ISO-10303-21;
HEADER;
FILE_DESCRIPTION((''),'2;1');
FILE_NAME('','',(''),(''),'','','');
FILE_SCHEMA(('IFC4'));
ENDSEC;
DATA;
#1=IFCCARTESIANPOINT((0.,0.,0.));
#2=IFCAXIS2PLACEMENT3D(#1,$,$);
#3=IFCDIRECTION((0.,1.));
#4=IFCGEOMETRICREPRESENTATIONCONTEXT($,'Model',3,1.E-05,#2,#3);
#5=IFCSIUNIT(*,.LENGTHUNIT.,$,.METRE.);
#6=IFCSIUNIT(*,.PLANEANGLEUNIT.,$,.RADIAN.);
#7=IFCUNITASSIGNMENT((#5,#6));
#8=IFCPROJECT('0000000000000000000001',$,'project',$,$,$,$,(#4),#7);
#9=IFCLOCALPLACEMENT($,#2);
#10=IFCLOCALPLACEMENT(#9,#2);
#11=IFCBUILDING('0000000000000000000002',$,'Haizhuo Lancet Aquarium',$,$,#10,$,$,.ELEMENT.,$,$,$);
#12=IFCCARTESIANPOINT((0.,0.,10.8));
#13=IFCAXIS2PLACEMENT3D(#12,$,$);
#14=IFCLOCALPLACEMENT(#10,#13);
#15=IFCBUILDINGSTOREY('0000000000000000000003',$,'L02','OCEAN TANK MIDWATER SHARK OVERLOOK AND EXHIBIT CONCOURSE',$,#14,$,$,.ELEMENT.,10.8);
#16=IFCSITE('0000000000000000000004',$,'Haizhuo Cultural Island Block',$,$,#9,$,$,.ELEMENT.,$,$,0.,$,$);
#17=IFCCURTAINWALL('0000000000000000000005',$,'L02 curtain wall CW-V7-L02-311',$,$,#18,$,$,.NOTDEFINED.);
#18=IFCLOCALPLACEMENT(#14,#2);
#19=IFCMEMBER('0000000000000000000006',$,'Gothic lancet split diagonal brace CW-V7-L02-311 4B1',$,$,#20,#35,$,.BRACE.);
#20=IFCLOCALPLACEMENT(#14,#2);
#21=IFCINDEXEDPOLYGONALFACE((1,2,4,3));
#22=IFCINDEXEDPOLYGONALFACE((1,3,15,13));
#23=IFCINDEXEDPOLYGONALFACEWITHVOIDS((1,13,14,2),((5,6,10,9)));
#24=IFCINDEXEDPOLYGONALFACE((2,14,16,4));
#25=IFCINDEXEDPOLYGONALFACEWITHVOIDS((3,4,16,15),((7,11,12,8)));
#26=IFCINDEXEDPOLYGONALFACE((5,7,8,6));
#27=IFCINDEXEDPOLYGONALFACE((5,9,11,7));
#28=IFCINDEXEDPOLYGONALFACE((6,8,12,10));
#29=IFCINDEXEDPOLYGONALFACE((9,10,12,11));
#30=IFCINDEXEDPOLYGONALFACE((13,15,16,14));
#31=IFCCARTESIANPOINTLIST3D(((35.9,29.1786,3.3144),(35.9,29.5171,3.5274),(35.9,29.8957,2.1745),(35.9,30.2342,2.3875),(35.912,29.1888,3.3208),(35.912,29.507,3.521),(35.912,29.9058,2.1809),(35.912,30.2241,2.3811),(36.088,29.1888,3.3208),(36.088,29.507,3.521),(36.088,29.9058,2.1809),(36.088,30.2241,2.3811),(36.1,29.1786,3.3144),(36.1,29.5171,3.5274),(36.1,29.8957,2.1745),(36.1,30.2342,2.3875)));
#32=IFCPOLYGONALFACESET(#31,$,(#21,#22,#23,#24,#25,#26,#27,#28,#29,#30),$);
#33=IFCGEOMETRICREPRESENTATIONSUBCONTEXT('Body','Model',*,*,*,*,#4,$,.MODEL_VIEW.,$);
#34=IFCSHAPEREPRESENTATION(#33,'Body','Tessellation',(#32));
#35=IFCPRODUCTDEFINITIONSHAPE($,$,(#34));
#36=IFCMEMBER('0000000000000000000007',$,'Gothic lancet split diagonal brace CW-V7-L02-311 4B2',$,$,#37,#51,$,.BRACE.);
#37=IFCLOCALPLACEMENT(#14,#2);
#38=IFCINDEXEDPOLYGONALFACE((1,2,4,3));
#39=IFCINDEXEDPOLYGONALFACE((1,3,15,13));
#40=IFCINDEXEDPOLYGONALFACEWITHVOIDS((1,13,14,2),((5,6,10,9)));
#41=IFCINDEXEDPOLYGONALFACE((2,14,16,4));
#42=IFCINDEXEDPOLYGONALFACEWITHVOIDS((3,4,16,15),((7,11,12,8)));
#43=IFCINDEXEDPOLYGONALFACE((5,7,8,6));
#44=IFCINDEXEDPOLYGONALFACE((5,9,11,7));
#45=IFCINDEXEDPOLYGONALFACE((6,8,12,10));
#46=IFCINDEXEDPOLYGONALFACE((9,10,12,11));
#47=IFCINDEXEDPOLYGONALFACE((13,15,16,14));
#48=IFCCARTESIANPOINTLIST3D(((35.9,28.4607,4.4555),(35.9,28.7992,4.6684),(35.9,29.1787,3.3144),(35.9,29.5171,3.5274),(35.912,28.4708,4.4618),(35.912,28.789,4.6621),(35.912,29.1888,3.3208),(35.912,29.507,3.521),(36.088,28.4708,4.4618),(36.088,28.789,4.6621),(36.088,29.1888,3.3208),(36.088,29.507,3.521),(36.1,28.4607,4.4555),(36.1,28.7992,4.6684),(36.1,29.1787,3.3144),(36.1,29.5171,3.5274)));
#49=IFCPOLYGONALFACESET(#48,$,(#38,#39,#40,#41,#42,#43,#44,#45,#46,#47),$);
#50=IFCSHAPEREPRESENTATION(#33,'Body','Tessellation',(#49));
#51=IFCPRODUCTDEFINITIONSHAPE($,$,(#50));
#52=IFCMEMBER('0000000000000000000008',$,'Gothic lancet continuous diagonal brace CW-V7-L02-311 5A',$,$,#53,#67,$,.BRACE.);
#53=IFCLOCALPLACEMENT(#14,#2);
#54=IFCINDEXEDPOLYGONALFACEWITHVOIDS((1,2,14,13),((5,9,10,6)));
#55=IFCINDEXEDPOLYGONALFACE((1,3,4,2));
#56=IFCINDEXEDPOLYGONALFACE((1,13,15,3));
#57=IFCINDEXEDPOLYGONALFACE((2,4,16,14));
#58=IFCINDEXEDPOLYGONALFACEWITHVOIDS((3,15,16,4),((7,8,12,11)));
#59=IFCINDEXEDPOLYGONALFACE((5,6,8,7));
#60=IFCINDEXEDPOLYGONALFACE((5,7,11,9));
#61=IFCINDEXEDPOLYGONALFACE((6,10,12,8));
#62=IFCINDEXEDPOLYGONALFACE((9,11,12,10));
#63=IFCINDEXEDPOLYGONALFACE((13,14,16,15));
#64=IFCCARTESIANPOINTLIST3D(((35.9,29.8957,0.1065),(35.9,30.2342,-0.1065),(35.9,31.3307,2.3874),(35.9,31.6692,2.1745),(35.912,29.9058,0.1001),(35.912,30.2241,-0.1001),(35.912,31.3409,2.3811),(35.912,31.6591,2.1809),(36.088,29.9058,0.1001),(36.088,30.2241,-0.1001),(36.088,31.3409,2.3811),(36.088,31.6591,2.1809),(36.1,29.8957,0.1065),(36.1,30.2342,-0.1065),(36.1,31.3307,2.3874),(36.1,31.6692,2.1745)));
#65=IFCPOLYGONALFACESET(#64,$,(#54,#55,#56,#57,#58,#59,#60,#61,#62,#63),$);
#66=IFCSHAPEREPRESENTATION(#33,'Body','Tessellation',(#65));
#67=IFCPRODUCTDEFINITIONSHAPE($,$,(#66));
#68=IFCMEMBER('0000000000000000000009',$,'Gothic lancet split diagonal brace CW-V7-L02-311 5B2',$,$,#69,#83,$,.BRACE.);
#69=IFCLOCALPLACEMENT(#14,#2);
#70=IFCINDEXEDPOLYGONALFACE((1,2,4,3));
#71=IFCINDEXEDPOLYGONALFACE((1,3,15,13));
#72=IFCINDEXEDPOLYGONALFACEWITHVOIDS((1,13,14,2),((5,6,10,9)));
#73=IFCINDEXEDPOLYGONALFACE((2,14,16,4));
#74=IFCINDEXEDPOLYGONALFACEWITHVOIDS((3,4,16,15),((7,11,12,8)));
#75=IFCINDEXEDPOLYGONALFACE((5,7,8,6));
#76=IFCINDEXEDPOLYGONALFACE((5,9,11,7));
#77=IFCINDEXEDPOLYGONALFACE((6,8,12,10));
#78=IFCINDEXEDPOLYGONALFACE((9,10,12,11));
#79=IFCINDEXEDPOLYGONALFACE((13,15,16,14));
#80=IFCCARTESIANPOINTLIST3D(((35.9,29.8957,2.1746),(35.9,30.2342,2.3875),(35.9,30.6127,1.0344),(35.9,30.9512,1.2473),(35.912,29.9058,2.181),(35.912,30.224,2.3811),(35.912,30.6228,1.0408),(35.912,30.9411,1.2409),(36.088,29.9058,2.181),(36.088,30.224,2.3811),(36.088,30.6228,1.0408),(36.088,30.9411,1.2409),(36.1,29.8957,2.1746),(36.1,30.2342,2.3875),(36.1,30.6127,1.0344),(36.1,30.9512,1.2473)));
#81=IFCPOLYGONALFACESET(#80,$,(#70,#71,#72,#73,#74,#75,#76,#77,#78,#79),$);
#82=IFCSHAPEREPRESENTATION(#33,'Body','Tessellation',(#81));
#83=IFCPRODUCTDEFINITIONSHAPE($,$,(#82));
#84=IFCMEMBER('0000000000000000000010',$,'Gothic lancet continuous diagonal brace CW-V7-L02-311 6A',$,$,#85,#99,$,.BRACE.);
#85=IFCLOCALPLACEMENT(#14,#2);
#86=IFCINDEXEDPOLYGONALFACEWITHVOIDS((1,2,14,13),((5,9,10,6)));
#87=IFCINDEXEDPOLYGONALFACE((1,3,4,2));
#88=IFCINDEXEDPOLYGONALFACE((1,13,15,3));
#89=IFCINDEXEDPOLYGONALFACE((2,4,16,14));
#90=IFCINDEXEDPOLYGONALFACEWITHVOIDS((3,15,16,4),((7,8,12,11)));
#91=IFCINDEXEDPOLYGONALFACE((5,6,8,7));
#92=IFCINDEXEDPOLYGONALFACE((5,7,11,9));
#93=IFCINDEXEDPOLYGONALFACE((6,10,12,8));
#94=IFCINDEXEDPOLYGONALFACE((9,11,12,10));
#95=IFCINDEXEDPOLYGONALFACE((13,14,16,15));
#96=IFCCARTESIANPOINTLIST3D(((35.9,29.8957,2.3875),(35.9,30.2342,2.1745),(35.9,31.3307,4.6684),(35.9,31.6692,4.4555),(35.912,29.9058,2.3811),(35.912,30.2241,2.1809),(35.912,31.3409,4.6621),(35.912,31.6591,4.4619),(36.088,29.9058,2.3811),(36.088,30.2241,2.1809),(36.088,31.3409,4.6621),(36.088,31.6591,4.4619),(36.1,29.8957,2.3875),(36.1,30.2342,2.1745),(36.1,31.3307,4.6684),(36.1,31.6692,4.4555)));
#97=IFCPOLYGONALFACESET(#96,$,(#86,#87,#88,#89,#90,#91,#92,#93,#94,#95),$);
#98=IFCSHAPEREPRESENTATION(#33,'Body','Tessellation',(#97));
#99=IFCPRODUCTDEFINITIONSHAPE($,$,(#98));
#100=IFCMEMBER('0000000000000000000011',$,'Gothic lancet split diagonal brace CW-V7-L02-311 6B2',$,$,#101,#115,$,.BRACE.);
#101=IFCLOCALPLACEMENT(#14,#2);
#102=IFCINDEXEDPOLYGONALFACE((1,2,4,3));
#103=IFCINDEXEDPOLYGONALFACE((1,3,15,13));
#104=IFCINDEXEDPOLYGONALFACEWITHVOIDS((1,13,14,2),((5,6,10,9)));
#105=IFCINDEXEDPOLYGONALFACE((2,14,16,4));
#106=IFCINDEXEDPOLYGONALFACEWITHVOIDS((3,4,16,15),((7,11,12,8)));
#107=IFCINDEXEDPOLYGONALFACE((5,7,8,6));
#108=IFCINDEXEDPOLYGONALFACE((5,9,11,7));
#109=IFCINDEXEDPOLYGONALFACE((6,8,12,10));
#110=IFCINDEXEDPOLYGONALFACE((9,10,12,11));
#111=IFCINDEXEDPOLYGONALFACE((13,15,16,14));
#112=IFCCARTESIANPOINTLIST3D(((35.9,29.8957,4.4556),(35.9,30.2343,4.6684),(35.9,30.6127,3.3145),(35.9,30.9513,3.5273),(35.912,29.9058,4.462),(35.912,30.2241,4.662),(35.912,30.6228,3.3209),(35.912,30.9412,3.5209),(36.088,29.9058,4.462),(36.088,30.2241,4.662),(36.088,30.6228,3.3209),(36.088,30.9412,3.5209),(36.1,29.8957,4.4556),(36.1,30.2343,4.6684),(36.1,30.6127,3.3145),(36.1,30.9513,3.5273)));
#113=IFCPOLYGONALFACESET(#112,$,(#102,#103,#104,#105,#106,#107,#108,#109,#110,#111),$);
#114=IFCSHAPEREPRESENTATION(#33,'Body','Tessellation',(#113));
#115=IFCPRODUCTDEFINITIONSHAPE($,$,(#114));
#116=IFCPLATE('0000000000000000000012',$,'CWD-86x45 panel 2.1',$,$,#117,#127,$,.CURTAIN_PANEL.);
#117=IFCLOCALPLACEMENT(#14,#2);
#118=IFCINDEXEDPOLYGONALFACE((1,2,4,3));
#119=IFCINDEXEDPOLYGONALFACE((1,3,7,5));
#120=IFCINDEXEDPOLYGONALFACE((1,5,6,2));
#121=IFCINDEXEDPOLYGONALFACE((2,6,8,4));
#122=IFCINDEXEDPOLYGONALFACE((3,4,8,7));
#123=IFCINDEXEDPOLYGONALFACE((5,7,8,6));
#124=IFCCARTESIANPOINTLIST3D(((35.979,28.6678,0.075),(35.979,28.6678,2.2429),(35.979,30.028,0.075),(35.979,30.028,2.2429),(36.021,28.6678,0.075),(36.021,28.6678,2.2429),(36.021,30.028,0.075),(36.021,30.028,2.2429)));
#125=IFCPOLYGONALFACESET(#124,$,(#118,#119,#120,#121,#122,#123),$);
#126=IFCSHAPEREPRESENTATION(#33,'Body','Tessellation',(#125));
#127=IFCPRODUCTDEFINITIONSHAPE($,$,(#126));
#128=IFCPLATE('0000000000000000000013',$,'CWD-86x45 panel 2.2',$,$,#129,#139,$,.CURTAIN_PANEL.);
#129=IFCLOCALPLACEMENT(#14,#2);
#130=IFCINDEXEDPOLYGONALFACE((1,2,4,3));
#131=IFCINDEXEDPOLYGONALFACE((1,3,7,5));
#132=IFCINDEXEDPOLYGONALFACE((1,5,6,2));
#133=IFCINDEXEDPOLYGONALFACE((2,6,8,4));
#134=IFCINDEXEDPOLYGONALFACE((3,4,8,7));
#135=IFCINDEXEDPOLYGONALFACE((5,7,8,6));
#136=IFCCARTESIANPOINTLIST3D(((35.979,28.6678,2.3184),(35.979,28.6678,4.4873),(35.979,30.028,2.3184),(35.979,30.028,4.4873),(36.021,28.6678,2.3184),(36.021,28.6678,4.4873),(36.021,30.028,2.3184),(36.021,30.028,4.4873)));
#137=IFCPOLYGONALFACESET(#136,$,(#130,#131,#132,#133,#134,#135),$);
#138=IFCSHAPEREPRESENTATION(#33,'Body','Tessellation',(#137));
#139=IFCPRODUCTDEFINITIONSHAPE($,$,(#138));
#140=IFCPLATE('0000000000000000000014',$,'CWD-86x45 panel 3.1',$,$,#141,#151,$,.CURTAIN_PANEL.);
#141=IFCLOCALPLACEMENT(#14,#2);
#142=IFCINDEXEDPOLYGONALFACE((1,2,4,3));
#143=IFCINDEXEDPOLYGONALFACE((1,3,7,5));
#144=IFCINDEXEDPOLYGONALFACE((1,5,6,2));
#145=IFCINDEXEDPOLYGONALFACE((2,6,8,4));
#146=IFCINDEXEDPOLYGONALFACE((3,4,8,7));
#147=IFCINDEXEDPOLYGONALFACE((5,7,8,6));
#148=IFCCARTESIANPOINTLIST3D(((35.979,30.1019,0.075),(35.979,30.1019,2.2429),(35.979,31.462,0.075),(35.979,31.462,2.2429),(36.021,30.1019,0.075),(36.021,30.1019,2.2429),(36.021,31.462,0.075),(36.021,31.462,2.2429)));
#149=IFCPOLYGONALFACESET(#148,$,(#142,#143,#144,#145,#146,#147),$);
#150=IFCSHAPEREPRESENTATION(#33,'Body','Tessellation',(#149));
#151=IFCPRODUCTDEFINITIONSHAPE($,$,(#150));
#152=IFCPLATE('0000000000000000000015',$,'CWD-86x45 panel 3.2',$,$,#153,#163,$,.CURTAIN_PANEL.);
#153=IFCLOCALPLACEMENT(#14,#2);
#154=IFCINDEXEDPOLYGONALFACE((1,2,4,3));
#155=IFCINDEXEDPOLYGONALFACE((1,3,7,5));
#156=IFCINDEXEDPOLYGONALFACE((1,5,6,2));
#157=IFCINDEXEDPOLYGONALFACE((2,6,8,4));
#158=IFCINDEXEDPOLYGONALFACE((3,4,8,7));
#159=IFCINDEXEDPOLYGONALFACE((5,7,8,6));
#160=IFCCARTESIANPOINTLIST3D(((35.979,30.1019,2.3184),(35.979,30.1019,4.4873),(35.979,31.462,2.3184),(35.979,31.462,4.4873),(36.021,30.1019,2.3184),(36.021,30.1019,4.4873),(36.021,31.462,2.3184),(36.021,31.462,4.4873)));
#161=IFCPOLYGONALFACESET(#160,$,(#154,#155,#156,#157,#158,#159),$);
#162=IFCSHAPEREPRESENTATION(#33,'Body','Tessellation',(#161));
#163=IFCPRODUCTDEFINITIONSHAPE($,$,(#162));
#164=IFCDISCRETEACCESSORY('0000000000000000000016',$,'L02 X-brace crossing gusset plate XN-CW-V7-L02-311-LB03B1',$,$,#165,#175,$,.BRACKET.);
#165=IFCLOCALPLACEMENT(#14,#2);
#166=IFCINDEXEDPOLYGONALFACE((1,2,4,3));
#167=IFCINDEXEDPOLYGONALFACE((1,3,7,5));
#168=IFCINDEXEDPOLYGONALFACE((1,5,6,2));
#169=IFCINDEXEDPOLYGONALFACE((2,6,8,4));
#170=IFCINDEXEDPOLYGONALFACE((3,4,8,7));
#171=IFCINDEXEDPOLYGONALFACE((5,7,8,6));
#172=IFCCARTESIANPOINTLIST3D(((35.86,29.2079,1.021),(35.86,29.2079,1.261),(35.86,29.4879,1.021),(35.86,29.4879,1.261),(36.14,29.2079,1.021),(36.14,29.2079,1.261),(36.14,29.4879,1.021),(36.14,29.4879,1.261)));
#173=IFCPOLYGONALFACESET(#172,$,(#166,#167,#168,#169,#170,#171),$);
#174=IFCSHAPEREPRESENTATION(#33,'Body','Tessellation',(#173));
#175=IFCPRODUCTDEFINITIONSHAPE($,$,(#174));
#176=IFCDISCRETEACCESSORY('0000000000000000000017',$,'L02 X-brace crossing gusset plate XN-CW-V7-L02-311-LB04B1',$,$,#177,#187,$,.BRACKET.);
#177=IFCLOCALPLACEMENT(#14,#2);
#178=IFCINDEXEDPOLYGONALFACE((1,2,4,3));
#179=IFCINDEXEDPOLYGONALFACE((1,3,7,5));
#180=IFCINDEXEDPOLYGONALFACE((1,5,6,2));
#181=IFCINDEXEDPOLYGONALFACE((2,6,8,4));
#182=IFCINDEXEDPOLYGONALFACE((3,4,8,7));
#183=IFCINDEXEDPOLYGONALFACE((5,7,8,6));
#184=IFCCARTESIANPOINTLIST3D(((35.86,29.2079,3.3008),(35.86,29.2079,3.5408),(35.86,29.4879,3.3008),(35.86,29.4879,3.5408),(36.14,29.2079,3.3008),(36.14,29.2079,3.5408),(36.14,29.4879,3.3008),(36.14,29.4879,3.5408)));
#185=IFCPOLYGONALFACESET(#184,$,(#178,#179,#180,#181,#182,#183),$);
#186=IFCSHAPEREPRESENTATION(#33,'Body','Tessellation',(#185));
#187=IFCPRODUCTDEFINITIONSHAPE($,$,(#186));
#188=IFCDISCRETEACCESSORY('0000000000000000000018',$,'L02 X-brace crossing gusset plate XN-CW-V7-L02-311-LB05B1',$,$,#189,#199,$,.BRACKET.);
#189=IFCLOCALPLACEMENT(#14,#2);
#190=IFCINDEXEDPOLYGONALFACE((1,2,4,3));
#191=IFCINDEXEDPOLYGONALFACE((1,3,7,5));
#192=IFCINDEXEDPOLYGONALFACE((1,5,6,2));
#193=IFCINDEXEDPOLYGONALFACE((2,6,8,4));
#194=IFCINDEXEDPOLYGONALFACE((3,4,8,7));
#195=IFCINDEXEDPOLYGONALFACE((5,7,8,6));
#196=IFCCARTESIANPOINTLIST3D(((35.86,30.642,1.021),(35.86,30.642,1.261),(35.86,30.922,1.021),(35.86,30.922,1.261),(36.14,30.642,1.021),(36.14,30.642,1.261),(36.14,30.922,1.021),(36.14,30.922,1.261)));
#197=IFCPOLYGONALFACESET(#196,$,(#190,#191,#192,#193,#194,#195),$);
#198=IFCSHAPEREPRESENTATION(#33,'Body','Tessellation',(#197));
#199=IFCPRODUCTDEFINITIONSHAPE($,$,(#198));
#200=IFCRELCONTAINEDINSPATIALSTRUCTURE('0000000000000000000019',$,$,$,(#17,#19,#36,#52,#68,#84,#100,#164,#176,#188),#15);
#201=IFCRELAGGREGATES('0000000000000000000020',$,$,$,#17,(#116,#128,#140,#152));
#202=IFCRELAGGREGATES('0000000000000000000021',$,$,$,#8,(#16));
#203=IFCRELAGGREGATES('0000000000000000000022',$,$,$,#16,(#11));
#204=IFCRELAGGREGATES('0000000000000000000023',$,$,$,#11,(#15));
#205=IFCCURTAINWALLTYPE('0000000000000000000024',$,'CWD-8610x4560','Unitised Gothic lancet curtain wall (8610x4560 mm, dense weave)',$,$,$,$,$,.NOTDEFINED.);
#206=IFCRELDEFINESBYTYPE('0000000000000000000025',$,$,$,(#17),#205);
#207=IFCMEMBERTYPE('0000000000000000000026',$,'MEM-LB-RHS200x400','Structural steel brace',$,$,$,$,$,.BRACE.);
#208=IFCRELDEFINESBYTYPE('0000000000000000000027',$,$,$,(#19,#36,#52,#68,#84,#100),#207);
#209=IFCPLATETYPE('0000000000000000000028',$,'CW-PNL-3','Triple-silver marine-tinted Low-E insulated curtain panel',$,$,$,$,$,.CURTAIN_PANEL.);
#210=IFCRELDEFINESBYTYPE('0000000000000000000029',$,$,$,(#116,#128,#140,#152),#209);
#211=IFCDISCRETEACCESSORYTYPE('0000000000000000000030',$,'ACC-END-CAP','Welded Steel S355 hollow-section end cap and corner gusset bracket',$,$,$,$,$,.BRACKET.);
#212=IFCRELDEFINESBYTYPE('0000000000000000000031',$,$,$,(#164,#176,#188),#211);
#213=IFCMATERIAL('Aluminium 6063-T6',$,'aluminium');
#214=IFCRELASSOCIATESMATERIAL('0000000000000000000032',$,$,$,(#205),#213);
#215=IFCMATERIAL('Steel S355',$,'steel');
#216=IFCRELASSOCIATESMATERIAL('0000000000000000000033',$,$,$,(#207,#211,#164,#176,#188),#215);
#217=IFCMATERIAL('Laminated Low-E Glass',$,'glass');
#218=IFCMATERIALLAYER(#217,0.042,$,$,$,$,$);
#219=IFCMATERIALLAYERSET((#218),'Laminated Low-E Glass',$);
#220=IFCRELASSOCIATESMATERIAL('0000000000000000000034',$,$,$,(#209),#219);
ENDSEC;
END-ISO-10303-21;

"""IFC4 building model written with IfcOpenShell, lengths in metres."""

from ifc_helpers import new_model, si_unit, direction, frame, origin, origin_2d, place, context, subcontext, project, spatial, rectangle, hollow_rectangle, extrude, material, layer, layer_set, material_profile, profile_set, type_object, element, aggregate, save


model = new_model("IFC4")

# Units and contexts
model_context = context("Model", 3, precision=1e-05, world=origin(), true_north=direction((0.0, 1.0)))
body_context = subcontext(model_context, "Body", "Model", "MODEL_VIEW")
ifc_project = project(units=[si_unit("LENGTHUNIT", "METRE"), si_unit("PLANEANGLEUNIT", "RADIAN")], contexts=[model_context])

# Site, building, storey
site_placement = place(None, origin())
site = spatial("IfcSite", under=ifc_project, at=site_placement, Name="Haizhuo Cultural Island Block", CompositionType="ELEMENT", RefElevation=0.0)
building_placement = place(site_placement, origin())
building = spatial("IfcBuilding", under=site, at=building_placement, Name="Haizhuo Lancet Aquarium", CompositionType="ELEMENT")
storey_placement = place(building_placement, frame((0.0, 0.0, 10.8)))
storey = spatial("IfcBuildingStorey", under=building, at=storey_placement, Name="L02", Description="OCEAN TANK MIDWATER SHARK OVERLOOK AND EXHIBIT CONCOURSE", CompositionType="ELEMENT", Elevation=10.8)

# Curtain wall
ifc_material_1 = material(Name="Aluminium 6063-T6", Category="aluminium")
curtain_wall_type = type_object("IfcCurtainWallType", Name="CWD-8610x4560", Description="Unitised Gothic lancet curtain wall (8610x4560 mm, dense weave)", PredefinedType="NOTDEFINED", material=ifc_material_1)
curtain_wall_placement = place(storey_placement, origin())
curtain_wall = element("IfcCurtainWall", 1, at=curtain_wall_placement, inside=storey, type_object=curtain_wall_type, Name="L02 curtain wall CW-V7-L02-311", PredefinedType="NOTDEFINED")

# Members
ifc_material_2 = material(Name="Steel S355", Category="steel")
ifc_material_profile_1 = material_profile(ifc_material_2, hollow_rectangle(XDim=0.2, YDim=0.3999, WallThickness=0.012, at=origin_2d()), Name="RHS 200x400x12")
ifc_profile_set_1 = profile_set([ifc_material_profile_1], Name="Steel S355")
member_type_1 = type_object("IfcMemberType", Name="MEM-LB-RHS200x400", Description="Structural steel brace", PredefinedType="BRACE", material=ifc_profile_set_1)
member_1_placement = place(storey_placement, frame((36.0, 30.0649, 2.281), z_axis=(0.0, -0.532457, 0.846457), x_axis=(1.0, 0.0, 0.0)))
element("IfcMember", 2, at=member_1_placement, inside=storey, type_object=member_type_1, Name="Gothic lancet split diagonal brace CW-V7-L02-311 4B1", PredefinedType="BRACE", context=body_context, shape_type="SweptSolid", body=[
    extrude(hollow_rectangle(XDim=0.2, YDim=0.3999, WallThickness=0.012, at=origin_2d()), origin(), (0.0, 0.0, 1.0), 1.3467),
])
member_2_placement = place(storey_placement, frame((36.0, 29.3479, 3.4209), z_axis=(0.0, -0.532568, 0.846387), x_axis=(1.0, 0.0, 0.0)))
element("IfcMember", 3, at=member_2_placement, inside=storey, type_object=member_type_1, Name="Gothic lancet split diagonal brace CW-V7-L02-311 4B2", PredefinedType="BRACE", context=body_context, shape_type="SweptSolid", body=[
    extrude(hollow_rectangle(XDim=0.2, YDim=0.3999, WallThickness=0.012, at=origin_2d()), origin(), (0.0, 0.0, 1.0), 1.3481),
])
member_3_placement = place(storey_placement, frame((36.0, 30.0649, 0.0), z_axis=(0.0, 0.532513, 0.846422), x_axis=(-1.0, 0.0, 0.0)))
element("IfcMember", 4, at=member_3_placement, inside=storey, type_object=member_type_1, Name="Gothic lancet continuous diagonal brace CW-V7-L02-311 5A", PredefinedType="BRACE", context=body_context, shape_type="SweptSolid", body=[
    extrude(hollow_rectangle(XDim=0.2, YDim=0.3999, WallThickness=0.012, at=origin_2d()), origin(), (0.0, 0.0, 1.0), 2.6948),
])
member_4_placement = place(storey_placement, frame((36.0, 30.782, 1.1409), z_axis=(0.0, -0.532376, 0.846508), x_axis=(1.0, 0.0, 0.0)))
element("IfcMember", 5, at=member_4_placement, inside=storey, type_object=member_type_1, Name="Gothic lancet split diagonal brace CW-V7-L02-311 5B2", PredefinedType="BRACE", context=body_context, shape_type="SweptSolid", body=[
    extrude(hollow_rectangle(XDim=0.2, YDim=0.3999, WallThickness=0.012, at=origin_2d()), origin(), (0.0, 0.0, 1.0), 1.3469),
])
member_5_placement = place(storey_placement, frame((36.0, 30.0649, 2.281), z_axis=(0.0, 0.532513, 0.846422), x_axis=(-1.0, 0.0, 0.0)))
element("IfcMember", 6, at=member_5_placement, inside=storey, type_object=member_type_1, Name="Gothic lancet continuous diagonal brace CW-V7-L02-311 6A", PredefinedType="BRACE", context=body_context, shape_type="SweptSolid", body=[
    extrude(hollow_rectangle(XDim=0.2, YDim=0.3999, WallThickness=0.012, at=origin_2d()), origin(), (0.0, 0.0, 1.0), 2.6948),
])
member_6_placement = place(storey_placement, frame((36.0, 30.782, 3.4209), z_axis=(0.0, -0.532049, 0.846713), x_axis=(1.0, 0.0, 0.0)))
element("IfcMember", 7, at=member_6_placement, inside=storey, type_object=member_type_1, Name="Gothic lancet split diagonal brace CW-V7-L02-311 6B2", PredefinedType="BRACE", context=body_context, shape_type="SweptSolid", body=[
    extrude(hollow_rectangle(XDim=0.2, YDim=0.3999, WallThickness=0.012, at=origin_2d()), origin(), (0.0, 0.0, 1.0), 1.3477),
])

# Plates
ifc_material_3 = material(Name="Laminated Low-E Glass", Category="glass")
ifc_layer = layer(ifc_material_3, 0.042)
ifc_layer_set = layer_set([ifc_layer], Name="Laminated Low-E Glass")
plate_type = type_object("IfcPlateType", Name="CW-PNL-3", Description="Triple-silver marine-tinted Low-E insulated curtain panel", PredefinedType="CURTAIN_PANEL", material=ifc_layer_set)
plate_1_placement = place(storey_placement, frame((36.0, 29.3479, 0.075), z_axis=(0.0, 0.0, 1.0), x_axis=(0.0, 1.0, 0.0)))
plate_1 = element("IfcPlate", 8, at=plate_1_placement, type_object=plate_type, Name="CWD-86x45 panel 2.1", PredefinedType="CURTAIN_PANEL", context=body_context, shape_type="SweptSolid", body=[
    extrude(rectangle(XDim=1.3601, YDim=0.042, at=origin_2d()), origin(), (0.0, 0.0, 1.0), 2.168),
])
plate_2_placement = place(storey_placement, frame((36.0, 29.3479, 2.3184), z_axis=(0.0, 0.0, 1.0), x_axis=(0.0, 1.0, 0.0)))
plate_2 = element("IfcPlate", 9, at=plate_2_placement, type_object=plate_type, Name="CWD-86x45 panel 2.2", PredefinedType="CURTAIN_PANEL", context=body_context, shape_type="SweptSolid", body=[
    extrude(rectangle(XDim=1.3601, YDim=0.042, at=origin_2d()), origin(), (0.0, 0.0, 1.0), 2.1689),
])
plate_3_placement = place(storey_placement, frame((36.0, 30.782, 0.075), z_axis=(0.0, 0.0, 1.0), x_axis=(0.0, 1.0, 0.0)))
plate_3 = element("IfcPlate", 10, at=plate_3_placement, type_object=plate_type, Name="CWD-86x45 panel 3.1", PredefinedType="CURTAIN_PANEL", context=body_context, shape_type="SweptSolid", body=[
    extrude(rectangle(XDim=1.3601, YDim=0.042, at=origin_2d()), origin(), (0.0, 0.0, 1.0), 2.168),
])
plate_4_placement = place(storey_placement, frame((36.0, 30.782, 2.3184), z_axis=(0.0, 0.0, 1.0), x_axis=(0.0, 1.0, 0.0)))
plate_4 = element("IfcPlate", 11, at=plate_4_placement, type_object=plate_type, Name="CWD-86x45 panel 3.2", PredefinedType="CURTAIN_PANEL", context=body_context, shape_type="SweptSolid", body=[
    extrude(rectangle(XDim=1.3601, YDim=0.042, at=origin_2d()), origin(), (0.0, 0.0, 1.0), 2.1689),
])
aggregate(curtain_wall, [plate_1, plate_2, plate_3, plate_4])

# Discrete accessories
discrete_accessory_type = type_object("IfcDiscreteAccessoryType", Name="ACC-END-CAP", Description="Welded Steel S355 hollow-section end cap and corner gusset bracket", PredefinedType="BRACKET", material=ifc_material_2)
for number, where, z_axis, x_axis, name in (
    (12, (36.0, 29.3479, 1.021), (0.0, 0.0, 1.0), (1.0, 0.0, 0.0), "L02 X-brace crossing gusset plate XN-CW-V7-L02-311-LB03B1"),
    (13, (36.0, 29.3479, 3.3008), (0.0, 0.0, 1.0), (1.0, 0.0, 0.0), "L02 X-brace crossing gusset plate XN-CW-V7-L02-311-LB04B1"),
    (14, (36.0, 30.782, 1.021), (0.0, 0.0, 1.0), (1.0, 0.0, 0.0), "L02 X-brace crossing gusset plate XN-CW-V7-L02-311-LB05B1"),
):
    element("IfcDiscreteAccessory", number, at=place(storey_placement, frame(where, z_axis=z_axis, x_axis=x_axis)), inside=storey, type_object=discrete_accessory_type, material=ifc_material_2, Name=name, PredefinedType="BRACKET", context=body_context, shape_type="SweptSolid", body=[
        extrude(rectangle(XDim=0.28, YDim=0.28, at=origin_2d()), origin(), (0.0, 0.0, 1.0), 0.24),
    ])

save(model, "model.ifc")
